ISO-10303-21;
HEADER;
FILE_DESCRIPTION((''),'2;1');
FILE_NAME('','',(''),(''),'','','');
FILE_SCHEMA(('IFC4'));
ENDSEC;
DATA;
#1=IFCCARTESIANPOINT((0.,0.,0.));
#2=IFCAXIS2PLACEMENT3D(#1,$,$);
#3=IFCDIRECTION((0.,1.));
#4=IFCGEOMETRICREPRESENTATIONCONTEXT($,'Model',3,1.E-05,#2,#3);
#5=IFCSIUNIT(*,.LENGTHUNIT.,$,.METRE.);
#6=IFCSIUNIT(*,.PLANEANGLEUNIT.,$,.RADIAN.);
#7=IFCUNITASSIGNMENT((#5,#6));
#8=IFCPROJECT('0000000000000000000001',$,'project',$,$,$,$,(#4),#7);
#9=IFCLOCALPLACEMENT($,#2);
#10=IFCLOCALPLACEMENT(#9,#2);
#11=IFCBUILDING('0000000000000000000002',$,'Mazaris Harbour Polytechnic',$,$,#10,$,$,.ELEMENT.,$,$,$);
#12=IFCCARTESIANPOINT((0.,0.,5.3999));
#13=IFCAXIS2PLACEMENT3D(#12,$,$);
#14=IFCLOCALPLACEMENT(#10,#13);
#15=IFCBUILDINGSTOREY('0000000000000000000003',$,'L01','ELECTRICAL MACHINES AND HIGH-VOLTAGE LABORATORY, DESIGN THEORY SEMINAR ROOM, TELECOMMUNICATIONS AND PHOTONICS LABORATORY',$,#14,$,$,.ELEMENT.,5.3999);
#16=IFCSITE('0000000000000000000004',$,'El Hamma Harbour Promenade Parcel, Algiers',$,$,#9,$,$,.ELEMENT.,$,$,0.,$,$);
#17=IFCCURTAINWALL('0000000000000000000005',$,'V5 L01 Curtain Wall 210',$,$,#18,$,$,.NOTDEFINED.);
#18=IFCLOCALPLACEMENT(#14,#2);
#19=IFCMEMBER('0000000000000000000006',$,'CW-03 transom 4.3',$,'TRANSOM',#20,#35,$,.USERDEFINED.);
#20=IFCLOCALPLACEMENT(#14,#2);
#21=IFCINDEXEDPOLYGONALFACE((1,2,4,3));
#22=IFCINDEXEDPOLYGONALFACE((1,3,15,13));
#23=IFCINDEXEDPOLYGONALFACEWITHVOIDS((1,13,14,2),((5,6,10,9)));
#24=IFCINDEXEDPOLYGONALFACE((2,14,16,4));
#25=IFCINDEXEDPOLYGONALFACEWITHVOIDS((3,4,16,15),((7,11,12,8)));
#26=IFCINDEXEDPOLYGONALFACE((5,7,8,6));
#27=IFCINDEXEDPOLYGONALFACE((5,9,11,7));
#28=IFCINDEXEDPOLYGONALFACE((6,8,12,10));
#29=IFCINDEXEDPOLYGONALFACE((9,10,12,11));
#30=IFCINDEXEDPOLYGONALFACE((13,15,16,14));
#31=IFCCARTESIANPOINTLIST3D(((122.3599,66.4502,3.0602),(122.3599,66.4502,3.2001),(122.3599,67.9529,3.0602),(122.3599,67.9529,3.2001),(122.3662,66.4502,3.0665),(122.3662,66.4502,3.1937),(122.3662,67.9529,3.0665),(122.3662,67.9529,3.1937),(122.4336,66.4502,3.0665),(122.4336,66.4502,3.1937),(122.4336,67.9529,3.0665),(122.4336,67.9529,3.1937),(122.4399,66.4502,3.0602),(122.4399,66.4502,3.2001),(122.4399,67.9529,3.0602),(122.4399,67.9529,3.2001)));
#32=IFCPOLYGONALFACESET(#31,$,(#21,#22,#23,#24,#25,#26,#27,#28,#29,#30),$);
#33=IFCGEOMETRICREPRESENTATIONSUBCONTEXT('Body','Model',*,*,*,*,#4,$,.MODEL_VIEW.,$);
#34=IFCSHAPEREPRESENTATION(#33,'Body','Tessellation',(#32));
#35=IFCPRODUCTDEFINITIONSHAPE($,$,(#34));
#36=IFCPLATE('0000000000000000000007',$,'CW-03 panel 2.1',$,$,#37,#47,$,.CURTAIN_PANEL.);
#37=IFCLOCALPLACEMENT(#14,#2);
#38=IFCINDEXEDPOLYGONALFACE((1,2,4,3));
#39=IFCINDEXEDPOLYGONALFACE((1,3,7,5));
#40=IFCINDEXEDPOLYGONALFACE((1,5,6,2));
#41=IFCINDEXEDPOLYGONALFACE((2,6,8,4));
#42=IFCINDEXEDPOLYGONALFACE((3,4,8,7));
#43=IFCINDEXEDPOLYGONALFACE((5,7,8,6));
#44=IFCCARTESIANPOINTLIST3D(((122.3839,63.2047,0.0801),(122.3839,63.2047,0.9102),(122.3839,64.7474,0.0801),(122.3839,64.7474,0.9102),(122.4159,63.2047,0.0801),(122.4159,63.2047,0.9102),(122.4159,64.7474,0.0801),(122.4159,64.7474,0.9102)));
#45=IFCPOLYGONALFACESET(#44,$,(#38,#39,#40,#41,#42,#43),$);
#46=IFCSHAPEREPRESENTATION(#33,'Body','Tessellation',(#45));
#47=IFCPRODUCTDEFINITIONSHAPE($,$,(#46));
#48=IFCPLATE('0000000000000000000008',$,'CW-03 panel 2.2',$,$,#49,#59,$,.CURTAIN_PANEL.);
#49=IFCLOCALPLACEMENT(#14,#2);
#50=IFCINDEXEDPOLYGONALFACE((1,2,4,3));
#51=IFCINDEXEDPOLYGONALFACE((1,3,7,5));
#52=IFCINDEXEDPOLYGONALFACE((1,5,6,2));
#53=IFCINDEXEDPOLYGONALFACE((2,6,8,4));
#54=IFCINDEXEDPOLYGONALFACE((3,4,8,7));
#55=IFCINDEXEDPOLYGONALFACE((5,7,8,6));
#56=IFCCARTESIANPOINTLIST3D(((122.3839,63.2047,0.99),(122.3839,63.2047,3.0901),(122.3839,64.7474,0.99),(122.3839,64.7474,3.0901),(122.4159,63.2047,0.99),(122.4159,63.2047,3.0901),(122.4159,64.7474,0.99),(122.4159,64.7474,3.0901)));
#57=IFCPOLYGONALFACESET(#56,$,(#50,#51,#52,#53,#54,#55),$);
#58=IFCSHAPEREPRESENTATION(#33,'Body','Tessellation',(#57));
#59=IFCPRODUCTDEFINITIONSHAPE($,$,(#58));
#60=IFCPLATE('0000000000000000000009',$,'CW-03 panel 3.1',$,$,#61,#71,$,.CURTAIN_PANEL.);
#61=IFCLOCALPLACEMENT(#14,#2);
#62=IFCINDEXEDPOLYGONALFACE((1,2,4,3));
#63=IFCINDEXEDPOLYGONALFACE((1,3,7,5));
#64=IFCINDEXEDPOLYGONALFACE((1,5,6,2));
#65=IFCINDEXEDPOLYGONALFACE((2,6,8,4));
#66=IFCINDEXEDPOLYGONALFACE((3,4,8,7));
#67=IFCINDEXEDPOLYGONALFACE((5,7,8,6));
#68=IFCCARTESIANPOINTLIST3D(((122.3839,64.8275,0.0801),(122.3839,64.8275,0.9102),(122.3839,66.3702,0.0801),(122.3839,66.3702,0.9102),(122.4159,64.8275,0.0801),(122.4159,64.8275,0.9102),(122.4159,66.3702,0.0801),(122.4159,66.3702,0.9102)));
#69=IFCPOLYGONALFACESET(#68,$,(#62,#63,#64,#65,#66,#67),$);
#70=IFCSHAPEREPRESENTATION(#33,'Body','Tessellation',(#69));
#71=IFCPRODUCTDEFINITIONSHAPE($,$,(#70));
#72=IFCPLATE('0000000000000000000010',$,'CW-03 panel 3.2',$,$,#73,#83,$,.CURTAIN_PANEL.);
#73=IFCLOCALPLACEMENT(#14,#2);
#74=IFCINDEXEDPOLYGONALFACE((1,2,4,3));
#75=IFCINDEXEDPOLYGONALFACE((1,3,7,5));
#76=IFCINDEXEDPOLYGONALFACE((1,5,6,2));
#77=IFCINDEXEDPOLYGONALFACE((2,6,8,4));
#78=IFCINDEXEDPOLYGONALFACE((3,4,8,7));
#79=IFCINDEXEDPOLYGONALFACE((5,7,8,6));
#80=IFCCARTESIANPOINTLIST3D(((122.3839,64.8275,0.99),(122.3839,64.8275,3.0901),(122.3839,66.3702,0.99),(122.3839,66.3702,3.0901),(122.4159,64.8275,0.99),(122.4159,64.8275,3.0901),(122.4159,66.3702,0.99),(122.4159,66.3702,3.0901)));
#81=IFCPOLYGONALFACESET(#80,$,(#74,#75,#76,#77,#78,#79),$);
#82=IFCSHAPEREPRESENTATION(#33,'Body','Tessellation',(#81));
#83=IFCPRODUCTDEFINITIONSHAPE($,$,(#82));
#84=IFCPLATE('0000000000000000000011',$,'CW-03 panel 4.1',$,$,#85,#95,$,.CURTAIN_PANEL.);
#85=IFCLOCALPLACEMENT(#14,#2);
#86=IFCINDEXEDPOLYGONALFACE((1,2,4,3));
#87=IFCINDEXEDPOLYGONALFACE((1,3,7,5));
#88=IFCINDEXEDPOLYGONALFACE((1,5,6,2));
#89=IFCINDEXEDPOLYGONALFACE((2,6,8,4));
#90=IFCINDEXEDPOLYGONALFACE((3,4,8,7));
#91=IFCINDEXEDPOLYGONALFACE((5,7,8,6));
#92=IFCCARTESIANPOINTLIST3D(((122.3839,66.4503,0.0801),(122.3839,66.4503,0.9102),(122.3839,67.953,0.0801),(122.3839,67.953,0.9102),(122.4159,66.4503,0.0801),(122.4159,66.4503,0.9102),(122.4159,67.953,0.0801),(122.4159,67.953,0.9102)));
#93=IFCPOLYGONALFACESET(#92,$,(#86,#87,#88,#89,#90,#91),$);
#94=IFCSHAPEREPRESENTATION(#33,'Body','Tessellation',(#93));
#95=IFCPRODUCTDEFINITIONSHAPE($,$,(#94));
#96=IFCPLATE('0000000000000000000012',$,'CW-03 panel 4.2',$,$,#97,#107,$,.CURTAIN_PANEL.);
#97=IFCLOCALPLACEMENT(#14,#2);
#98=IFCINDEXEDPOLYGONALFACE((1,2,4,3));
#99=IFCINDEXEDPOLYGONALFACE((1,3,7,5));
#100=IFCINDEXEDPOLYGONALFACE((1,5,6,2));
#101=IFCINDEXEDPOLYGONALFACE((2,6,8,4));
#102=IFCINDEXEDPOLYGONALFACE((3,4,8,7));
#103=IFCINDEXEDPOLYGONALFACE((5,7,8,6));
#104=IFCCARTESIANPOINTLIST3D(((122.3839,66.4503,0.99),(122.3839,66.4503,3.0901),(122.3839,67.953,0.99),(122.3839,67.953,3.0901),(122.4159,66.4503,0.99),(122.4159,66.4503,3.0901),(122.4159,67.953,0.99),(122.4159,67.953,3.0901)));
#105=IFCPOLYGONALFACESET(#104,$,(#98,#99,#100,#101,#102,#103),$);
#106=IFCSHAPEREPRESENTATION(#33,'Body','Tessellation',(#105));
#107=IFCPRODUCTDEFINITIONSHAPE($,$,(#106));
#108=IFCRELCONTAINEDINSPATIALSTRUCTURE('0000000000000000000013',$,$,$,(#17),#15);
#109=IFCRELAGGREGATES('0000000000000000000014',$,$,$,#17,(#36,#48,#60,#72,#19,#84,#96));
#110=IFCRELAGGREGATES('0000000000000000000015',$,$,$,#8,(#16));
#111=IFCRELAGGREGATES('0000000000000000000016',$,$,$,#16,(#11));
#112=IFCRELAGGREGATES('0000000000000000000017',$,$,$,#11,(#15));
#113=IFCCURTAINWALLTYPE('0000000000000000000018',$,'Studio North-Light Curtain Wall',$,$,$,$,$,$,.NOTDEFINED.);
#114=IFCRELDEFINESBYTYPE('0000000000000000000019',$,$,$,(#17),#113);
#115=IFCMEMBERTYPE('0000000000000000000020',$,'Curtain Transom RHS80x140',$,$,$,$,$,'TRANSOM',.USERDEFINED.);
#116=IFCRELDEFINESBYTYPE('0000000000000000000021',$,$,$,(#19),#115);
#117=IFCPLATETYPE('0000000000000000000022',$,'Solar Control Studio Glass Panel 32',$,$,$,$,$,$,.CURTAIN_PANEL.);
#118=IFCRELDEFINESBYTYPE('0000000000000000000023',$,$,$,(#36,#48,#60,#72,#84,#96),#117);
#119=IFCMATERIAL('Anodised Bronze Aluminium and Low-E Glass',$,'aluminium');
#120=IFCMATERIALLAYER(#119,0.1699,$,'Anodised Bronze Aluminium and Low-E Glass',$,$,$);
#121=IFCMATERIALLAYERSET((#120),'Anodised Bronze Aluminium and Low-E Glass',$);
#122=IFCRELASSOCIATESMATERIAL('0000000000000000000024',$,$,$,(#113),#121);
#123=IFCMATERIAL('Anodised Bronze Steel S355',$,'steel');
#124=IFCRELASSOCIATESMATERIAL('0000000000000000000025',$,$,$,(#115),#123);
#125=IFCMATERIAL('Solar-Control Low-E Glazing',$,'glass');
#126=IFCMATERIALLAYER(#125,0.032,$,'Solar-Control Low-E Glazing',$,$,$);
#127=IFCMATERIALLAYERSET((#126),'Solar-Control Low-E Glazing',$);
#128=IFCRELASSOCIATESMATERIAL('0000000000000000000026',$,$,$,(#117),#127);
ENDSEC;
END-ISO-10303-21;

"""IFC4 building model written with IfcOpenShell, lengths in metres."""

from ifc_helpers import new_model, si_unit, direction, frame, origin, origin_2d, place, context, subcontext, project, spatial, rectangle, hollow_rectangle, extrude, material, layer, layer_set, material_profile, profile_set, type_object, element, aggregate, save


model = new_model("IFC4")

# Units and contexts
model_context = context("Model", 3, precision=1e-05, world=origin(), true_north=direction((0.0, 1.0)))
body_context = subcontext(model_context, "Body", "Model", "MODEL_VIEW")
ifc_project = project(units=[si_unit("LENGTHUNIT", "METRE"), si_unit("PLANEANGLEUNIT", "RADIAN")], contexts=[model_context])

# Site, building, storey
site_placement = place(None, origin())
site = spatial("IfcSite", under=ifc_project, at=site_placement, Name="El Hamma Harbour Promenade Parcel, Algiers", CompositionType="ELEMENT", RefElevation=0.0)
building_placement = place(site_placement, origin())
building = spatial("IfcBuilding", under=site, at=building_placement, Name="Mazaris Harbour Polytechnic", CompositionType="ELEMENT")
storey_placement = place(building_placement, frame((0.0, 0.0, 5.3999)))
storey = spatial("IfcBuildingStorey", under=building, at=storey_placement, Name="L01", Description="ELECTRICAL MACHINES AND HIGH-VOLTAGE LABORATORY, DESIGN THEORY SEMINAR ROOM, TELECOMMUNICATIONS AND PHOTONICS LABORATORY", CompositionType="ELEMENT", Elevation=5.3999)

# Curtain wall, member, plates
ifc_material_1 = material(Name="Anodised Bronze Aluminium and Low-E Glass", Category="aluminium")
ifc_layer_1 = layer(ifc_material_1, 0.1699, Name="Anodised Bronze Aluminium and Low-E Glass")
ifc_layer_set_1 = layer_set([ifc_layer_1], Name="Anodised Bronze Aluminium and Low-E Glass")
curtain_wall_type = type_object("IfcCurtainWallType", Name="Studio North-Light Curtain Wall", PredefinedType="NOTDEFINED", material=ifc_layer_set_1)
curtain_wall_placement = place(storey_placement, origin())
curtain_wall = element("IfcCurtainWall", 1, at=curtain_wall_placement, inside=storey, type_object=curtain_wall_type, Name="V5 L01 Curtain Wall 210", PredefinedType="NOTDEFINED")
ifc_material_2 = material(Name="Anodised Bronze Steel S355", Category="steel")
ifc_material_profile_1 = material_profile(ifc_material_2, hollow_rectangle(XDim=0.0801, YDim=0.1399, WallThickness=0.0063, at=origin_2d()), Name="RHS 80x140x6.3")
ifc_profile_set_1 = profile_set([ifc_material_profile_1], Name="Anodised Bronze Steel S355")
member_type_1 = type_object("IfcMemberType", Name="Curtain Transom RHS80x140", ElementType="TRANSOM", PredefinedType="USERDEFINED", material=ifc_profile_set_1)
member_1_placement = place(storey_placement, frame((122.3999, 66.4502, 3.1301), z_axis=(0.0, 1.0, 0.0), x_axis=(-1.0, 0.0, 0.0)))
member_1 = element("IfcMember", 2, at=member_1_placement, type_object=member_type_1, Name="CW-03 transom 4.3", ObjectType="TRANSOM", PredefinedType="USERDEFINED", context=body_context, shape_type="SweptSolid", body=[
    extrude(hollow_rectangle(XDim=0.0801, YDim=0.1399, WallThickness=0.0063, at=origin_2d()), origin(), (0.0, 0.0, 1.0), 1.5027),
])
ifc_material_3 = material(Name="Solar-Control Low-E Glazing", Category="glass")
ifc_layer_2 = layer(ifc_material_3, 0.032, Name="Solar-Control Low-E Glazing")
ifc_layer_set_2 = layer_set([ifc_layer_2], Name="Solar-Control Low-E Glazing")
plate_type = type_object("IfcPlateType", Name="Solar Control Studio Glass Panel 32", PredefinedType="CURTAIN_PANEL", material=ifc_layer_set_2)
plate_1_placement = place(storey_placement, frame((122.3999, 63.9761, 0.0801), z_axis=(0.0, 0.0, 1.0), x_axis=(0.0, 1.0, 0.0)))
plate_1 = element("IfcPlate", 3, at=plate_1_placement, type_object=plate_type, Name="CW-03 panel 2.1", PredefinedType="CURTAIN_PANEL", context=body_context, shape_type="SweptSolid", body=[
    extrude(rectangle(XDim=1.5427, YDim=0.032, at=origin_2d()), origin(), (0.0, 0.0, 1.0), 0.8301),
])
plate_2_placement = place(storey_placement, frame((122.3999, 63.9761, 0.99), z_axis=(0.0, 0.0, 1.0), x_axis=(0.0, 1.0, 0.0)))
plate_2 = element("IfcPlate", 4, at=plate_2_placement, type_object=plate_type, Name="CW-03 panel 2.2", PredefinedType="CURTAIN_PANEL", context=body_context, shape_type="SweptSolid", body=[
    extrude(rectangle(XDim=1.5427, YDim=0.032, at=origin_2d()), origin(), (0.0, 0.0, 1.0), 2.1001),
])
plate_3_placement = place(storey_placement, frame((122.3999, 65.5989, 0.0801), z_axis=(0.0, 0.0, 1.0), x_axis=(0.0, 1.0, 0.0)))
plate_3 = element("IfcPlate", 5, at=plate_3_placement, type_object=plate_type, Name="CW-03 panel 3.1", PredefinedType="CURTAIN_PANEL", context=body_context, shape_type="SweptSolid", body=[
    extrude(rectangle(XDim=1.5427, YDim=0.032, at=origin_2d()), origin(), (0.0, 0.0, 1.0), 0.8301),
])
plate_4_placement = place(storey_placement, frame((122.3999, 65.5989, 0.99), z_axis=(0.0, 0.0, 1.0), x_axis=(0.0, 1.0, 0.0)))
plate_4 = element("IfcPlate", 6, at=plate_4_placement, type_object=plate_type, Name="CW-03 panel 3.2", PredefinedType="CURTAIN_PANEL", context=body_context, shape_type="SweptSolid", body=[
    extrude(rectangle(XDim=1.5427, YDim=0.032, at=origin_2d()), origin(), (0.0, 0.0, 1.0), 2.1001),
])
plate_5_placement = place(storey_placement, frame((122.3999, 67.2017, 0.0801), z_axis=(0.0, 0.0, 1.0), x_axis=(0.0, 1.0, 0.0)))
plate_5 = element("IfcPlate", 7, at=plate_5_placement, type_object=plate_type, Name="CW-03 panel 4.1", PredefinedType="CURTAIN_PANEL", context=body_context, shape_type="SweptSolid", body=[
    extrude(rectangle(XDim=1.5027, YDim=0.032, at=origin_2d()), origin(), (0.0, 0.0, 1.0), 0.8301),
])
plate_6_placement = place(storey_placement, frame((122.3999, 67.2017, 0.99), z_axis=(0.0, 0.0, 1.0), x_axis=(0.0, 1.0, 0.0)))
plate_6 = element("IfcPlate", 8, at=plate_6_placement, type_object=plate_type, Name="CW-03 panel 4.2", PredefinedType="CURTAIN_PANEL", context=body_context, shape_type="SweptSolid", body=[
    extrude(rectangle(XDim=1.5027, YDim=0.032, at=origin_2d()), origin(), (0.0, 0.0, 1.0), 2.1001),
])
aggregate(curtain_wall, [plate_1, plate_2, plate_3, plate_4, member_1, plate_5, plate_6])

save(model, "model.ifc")
